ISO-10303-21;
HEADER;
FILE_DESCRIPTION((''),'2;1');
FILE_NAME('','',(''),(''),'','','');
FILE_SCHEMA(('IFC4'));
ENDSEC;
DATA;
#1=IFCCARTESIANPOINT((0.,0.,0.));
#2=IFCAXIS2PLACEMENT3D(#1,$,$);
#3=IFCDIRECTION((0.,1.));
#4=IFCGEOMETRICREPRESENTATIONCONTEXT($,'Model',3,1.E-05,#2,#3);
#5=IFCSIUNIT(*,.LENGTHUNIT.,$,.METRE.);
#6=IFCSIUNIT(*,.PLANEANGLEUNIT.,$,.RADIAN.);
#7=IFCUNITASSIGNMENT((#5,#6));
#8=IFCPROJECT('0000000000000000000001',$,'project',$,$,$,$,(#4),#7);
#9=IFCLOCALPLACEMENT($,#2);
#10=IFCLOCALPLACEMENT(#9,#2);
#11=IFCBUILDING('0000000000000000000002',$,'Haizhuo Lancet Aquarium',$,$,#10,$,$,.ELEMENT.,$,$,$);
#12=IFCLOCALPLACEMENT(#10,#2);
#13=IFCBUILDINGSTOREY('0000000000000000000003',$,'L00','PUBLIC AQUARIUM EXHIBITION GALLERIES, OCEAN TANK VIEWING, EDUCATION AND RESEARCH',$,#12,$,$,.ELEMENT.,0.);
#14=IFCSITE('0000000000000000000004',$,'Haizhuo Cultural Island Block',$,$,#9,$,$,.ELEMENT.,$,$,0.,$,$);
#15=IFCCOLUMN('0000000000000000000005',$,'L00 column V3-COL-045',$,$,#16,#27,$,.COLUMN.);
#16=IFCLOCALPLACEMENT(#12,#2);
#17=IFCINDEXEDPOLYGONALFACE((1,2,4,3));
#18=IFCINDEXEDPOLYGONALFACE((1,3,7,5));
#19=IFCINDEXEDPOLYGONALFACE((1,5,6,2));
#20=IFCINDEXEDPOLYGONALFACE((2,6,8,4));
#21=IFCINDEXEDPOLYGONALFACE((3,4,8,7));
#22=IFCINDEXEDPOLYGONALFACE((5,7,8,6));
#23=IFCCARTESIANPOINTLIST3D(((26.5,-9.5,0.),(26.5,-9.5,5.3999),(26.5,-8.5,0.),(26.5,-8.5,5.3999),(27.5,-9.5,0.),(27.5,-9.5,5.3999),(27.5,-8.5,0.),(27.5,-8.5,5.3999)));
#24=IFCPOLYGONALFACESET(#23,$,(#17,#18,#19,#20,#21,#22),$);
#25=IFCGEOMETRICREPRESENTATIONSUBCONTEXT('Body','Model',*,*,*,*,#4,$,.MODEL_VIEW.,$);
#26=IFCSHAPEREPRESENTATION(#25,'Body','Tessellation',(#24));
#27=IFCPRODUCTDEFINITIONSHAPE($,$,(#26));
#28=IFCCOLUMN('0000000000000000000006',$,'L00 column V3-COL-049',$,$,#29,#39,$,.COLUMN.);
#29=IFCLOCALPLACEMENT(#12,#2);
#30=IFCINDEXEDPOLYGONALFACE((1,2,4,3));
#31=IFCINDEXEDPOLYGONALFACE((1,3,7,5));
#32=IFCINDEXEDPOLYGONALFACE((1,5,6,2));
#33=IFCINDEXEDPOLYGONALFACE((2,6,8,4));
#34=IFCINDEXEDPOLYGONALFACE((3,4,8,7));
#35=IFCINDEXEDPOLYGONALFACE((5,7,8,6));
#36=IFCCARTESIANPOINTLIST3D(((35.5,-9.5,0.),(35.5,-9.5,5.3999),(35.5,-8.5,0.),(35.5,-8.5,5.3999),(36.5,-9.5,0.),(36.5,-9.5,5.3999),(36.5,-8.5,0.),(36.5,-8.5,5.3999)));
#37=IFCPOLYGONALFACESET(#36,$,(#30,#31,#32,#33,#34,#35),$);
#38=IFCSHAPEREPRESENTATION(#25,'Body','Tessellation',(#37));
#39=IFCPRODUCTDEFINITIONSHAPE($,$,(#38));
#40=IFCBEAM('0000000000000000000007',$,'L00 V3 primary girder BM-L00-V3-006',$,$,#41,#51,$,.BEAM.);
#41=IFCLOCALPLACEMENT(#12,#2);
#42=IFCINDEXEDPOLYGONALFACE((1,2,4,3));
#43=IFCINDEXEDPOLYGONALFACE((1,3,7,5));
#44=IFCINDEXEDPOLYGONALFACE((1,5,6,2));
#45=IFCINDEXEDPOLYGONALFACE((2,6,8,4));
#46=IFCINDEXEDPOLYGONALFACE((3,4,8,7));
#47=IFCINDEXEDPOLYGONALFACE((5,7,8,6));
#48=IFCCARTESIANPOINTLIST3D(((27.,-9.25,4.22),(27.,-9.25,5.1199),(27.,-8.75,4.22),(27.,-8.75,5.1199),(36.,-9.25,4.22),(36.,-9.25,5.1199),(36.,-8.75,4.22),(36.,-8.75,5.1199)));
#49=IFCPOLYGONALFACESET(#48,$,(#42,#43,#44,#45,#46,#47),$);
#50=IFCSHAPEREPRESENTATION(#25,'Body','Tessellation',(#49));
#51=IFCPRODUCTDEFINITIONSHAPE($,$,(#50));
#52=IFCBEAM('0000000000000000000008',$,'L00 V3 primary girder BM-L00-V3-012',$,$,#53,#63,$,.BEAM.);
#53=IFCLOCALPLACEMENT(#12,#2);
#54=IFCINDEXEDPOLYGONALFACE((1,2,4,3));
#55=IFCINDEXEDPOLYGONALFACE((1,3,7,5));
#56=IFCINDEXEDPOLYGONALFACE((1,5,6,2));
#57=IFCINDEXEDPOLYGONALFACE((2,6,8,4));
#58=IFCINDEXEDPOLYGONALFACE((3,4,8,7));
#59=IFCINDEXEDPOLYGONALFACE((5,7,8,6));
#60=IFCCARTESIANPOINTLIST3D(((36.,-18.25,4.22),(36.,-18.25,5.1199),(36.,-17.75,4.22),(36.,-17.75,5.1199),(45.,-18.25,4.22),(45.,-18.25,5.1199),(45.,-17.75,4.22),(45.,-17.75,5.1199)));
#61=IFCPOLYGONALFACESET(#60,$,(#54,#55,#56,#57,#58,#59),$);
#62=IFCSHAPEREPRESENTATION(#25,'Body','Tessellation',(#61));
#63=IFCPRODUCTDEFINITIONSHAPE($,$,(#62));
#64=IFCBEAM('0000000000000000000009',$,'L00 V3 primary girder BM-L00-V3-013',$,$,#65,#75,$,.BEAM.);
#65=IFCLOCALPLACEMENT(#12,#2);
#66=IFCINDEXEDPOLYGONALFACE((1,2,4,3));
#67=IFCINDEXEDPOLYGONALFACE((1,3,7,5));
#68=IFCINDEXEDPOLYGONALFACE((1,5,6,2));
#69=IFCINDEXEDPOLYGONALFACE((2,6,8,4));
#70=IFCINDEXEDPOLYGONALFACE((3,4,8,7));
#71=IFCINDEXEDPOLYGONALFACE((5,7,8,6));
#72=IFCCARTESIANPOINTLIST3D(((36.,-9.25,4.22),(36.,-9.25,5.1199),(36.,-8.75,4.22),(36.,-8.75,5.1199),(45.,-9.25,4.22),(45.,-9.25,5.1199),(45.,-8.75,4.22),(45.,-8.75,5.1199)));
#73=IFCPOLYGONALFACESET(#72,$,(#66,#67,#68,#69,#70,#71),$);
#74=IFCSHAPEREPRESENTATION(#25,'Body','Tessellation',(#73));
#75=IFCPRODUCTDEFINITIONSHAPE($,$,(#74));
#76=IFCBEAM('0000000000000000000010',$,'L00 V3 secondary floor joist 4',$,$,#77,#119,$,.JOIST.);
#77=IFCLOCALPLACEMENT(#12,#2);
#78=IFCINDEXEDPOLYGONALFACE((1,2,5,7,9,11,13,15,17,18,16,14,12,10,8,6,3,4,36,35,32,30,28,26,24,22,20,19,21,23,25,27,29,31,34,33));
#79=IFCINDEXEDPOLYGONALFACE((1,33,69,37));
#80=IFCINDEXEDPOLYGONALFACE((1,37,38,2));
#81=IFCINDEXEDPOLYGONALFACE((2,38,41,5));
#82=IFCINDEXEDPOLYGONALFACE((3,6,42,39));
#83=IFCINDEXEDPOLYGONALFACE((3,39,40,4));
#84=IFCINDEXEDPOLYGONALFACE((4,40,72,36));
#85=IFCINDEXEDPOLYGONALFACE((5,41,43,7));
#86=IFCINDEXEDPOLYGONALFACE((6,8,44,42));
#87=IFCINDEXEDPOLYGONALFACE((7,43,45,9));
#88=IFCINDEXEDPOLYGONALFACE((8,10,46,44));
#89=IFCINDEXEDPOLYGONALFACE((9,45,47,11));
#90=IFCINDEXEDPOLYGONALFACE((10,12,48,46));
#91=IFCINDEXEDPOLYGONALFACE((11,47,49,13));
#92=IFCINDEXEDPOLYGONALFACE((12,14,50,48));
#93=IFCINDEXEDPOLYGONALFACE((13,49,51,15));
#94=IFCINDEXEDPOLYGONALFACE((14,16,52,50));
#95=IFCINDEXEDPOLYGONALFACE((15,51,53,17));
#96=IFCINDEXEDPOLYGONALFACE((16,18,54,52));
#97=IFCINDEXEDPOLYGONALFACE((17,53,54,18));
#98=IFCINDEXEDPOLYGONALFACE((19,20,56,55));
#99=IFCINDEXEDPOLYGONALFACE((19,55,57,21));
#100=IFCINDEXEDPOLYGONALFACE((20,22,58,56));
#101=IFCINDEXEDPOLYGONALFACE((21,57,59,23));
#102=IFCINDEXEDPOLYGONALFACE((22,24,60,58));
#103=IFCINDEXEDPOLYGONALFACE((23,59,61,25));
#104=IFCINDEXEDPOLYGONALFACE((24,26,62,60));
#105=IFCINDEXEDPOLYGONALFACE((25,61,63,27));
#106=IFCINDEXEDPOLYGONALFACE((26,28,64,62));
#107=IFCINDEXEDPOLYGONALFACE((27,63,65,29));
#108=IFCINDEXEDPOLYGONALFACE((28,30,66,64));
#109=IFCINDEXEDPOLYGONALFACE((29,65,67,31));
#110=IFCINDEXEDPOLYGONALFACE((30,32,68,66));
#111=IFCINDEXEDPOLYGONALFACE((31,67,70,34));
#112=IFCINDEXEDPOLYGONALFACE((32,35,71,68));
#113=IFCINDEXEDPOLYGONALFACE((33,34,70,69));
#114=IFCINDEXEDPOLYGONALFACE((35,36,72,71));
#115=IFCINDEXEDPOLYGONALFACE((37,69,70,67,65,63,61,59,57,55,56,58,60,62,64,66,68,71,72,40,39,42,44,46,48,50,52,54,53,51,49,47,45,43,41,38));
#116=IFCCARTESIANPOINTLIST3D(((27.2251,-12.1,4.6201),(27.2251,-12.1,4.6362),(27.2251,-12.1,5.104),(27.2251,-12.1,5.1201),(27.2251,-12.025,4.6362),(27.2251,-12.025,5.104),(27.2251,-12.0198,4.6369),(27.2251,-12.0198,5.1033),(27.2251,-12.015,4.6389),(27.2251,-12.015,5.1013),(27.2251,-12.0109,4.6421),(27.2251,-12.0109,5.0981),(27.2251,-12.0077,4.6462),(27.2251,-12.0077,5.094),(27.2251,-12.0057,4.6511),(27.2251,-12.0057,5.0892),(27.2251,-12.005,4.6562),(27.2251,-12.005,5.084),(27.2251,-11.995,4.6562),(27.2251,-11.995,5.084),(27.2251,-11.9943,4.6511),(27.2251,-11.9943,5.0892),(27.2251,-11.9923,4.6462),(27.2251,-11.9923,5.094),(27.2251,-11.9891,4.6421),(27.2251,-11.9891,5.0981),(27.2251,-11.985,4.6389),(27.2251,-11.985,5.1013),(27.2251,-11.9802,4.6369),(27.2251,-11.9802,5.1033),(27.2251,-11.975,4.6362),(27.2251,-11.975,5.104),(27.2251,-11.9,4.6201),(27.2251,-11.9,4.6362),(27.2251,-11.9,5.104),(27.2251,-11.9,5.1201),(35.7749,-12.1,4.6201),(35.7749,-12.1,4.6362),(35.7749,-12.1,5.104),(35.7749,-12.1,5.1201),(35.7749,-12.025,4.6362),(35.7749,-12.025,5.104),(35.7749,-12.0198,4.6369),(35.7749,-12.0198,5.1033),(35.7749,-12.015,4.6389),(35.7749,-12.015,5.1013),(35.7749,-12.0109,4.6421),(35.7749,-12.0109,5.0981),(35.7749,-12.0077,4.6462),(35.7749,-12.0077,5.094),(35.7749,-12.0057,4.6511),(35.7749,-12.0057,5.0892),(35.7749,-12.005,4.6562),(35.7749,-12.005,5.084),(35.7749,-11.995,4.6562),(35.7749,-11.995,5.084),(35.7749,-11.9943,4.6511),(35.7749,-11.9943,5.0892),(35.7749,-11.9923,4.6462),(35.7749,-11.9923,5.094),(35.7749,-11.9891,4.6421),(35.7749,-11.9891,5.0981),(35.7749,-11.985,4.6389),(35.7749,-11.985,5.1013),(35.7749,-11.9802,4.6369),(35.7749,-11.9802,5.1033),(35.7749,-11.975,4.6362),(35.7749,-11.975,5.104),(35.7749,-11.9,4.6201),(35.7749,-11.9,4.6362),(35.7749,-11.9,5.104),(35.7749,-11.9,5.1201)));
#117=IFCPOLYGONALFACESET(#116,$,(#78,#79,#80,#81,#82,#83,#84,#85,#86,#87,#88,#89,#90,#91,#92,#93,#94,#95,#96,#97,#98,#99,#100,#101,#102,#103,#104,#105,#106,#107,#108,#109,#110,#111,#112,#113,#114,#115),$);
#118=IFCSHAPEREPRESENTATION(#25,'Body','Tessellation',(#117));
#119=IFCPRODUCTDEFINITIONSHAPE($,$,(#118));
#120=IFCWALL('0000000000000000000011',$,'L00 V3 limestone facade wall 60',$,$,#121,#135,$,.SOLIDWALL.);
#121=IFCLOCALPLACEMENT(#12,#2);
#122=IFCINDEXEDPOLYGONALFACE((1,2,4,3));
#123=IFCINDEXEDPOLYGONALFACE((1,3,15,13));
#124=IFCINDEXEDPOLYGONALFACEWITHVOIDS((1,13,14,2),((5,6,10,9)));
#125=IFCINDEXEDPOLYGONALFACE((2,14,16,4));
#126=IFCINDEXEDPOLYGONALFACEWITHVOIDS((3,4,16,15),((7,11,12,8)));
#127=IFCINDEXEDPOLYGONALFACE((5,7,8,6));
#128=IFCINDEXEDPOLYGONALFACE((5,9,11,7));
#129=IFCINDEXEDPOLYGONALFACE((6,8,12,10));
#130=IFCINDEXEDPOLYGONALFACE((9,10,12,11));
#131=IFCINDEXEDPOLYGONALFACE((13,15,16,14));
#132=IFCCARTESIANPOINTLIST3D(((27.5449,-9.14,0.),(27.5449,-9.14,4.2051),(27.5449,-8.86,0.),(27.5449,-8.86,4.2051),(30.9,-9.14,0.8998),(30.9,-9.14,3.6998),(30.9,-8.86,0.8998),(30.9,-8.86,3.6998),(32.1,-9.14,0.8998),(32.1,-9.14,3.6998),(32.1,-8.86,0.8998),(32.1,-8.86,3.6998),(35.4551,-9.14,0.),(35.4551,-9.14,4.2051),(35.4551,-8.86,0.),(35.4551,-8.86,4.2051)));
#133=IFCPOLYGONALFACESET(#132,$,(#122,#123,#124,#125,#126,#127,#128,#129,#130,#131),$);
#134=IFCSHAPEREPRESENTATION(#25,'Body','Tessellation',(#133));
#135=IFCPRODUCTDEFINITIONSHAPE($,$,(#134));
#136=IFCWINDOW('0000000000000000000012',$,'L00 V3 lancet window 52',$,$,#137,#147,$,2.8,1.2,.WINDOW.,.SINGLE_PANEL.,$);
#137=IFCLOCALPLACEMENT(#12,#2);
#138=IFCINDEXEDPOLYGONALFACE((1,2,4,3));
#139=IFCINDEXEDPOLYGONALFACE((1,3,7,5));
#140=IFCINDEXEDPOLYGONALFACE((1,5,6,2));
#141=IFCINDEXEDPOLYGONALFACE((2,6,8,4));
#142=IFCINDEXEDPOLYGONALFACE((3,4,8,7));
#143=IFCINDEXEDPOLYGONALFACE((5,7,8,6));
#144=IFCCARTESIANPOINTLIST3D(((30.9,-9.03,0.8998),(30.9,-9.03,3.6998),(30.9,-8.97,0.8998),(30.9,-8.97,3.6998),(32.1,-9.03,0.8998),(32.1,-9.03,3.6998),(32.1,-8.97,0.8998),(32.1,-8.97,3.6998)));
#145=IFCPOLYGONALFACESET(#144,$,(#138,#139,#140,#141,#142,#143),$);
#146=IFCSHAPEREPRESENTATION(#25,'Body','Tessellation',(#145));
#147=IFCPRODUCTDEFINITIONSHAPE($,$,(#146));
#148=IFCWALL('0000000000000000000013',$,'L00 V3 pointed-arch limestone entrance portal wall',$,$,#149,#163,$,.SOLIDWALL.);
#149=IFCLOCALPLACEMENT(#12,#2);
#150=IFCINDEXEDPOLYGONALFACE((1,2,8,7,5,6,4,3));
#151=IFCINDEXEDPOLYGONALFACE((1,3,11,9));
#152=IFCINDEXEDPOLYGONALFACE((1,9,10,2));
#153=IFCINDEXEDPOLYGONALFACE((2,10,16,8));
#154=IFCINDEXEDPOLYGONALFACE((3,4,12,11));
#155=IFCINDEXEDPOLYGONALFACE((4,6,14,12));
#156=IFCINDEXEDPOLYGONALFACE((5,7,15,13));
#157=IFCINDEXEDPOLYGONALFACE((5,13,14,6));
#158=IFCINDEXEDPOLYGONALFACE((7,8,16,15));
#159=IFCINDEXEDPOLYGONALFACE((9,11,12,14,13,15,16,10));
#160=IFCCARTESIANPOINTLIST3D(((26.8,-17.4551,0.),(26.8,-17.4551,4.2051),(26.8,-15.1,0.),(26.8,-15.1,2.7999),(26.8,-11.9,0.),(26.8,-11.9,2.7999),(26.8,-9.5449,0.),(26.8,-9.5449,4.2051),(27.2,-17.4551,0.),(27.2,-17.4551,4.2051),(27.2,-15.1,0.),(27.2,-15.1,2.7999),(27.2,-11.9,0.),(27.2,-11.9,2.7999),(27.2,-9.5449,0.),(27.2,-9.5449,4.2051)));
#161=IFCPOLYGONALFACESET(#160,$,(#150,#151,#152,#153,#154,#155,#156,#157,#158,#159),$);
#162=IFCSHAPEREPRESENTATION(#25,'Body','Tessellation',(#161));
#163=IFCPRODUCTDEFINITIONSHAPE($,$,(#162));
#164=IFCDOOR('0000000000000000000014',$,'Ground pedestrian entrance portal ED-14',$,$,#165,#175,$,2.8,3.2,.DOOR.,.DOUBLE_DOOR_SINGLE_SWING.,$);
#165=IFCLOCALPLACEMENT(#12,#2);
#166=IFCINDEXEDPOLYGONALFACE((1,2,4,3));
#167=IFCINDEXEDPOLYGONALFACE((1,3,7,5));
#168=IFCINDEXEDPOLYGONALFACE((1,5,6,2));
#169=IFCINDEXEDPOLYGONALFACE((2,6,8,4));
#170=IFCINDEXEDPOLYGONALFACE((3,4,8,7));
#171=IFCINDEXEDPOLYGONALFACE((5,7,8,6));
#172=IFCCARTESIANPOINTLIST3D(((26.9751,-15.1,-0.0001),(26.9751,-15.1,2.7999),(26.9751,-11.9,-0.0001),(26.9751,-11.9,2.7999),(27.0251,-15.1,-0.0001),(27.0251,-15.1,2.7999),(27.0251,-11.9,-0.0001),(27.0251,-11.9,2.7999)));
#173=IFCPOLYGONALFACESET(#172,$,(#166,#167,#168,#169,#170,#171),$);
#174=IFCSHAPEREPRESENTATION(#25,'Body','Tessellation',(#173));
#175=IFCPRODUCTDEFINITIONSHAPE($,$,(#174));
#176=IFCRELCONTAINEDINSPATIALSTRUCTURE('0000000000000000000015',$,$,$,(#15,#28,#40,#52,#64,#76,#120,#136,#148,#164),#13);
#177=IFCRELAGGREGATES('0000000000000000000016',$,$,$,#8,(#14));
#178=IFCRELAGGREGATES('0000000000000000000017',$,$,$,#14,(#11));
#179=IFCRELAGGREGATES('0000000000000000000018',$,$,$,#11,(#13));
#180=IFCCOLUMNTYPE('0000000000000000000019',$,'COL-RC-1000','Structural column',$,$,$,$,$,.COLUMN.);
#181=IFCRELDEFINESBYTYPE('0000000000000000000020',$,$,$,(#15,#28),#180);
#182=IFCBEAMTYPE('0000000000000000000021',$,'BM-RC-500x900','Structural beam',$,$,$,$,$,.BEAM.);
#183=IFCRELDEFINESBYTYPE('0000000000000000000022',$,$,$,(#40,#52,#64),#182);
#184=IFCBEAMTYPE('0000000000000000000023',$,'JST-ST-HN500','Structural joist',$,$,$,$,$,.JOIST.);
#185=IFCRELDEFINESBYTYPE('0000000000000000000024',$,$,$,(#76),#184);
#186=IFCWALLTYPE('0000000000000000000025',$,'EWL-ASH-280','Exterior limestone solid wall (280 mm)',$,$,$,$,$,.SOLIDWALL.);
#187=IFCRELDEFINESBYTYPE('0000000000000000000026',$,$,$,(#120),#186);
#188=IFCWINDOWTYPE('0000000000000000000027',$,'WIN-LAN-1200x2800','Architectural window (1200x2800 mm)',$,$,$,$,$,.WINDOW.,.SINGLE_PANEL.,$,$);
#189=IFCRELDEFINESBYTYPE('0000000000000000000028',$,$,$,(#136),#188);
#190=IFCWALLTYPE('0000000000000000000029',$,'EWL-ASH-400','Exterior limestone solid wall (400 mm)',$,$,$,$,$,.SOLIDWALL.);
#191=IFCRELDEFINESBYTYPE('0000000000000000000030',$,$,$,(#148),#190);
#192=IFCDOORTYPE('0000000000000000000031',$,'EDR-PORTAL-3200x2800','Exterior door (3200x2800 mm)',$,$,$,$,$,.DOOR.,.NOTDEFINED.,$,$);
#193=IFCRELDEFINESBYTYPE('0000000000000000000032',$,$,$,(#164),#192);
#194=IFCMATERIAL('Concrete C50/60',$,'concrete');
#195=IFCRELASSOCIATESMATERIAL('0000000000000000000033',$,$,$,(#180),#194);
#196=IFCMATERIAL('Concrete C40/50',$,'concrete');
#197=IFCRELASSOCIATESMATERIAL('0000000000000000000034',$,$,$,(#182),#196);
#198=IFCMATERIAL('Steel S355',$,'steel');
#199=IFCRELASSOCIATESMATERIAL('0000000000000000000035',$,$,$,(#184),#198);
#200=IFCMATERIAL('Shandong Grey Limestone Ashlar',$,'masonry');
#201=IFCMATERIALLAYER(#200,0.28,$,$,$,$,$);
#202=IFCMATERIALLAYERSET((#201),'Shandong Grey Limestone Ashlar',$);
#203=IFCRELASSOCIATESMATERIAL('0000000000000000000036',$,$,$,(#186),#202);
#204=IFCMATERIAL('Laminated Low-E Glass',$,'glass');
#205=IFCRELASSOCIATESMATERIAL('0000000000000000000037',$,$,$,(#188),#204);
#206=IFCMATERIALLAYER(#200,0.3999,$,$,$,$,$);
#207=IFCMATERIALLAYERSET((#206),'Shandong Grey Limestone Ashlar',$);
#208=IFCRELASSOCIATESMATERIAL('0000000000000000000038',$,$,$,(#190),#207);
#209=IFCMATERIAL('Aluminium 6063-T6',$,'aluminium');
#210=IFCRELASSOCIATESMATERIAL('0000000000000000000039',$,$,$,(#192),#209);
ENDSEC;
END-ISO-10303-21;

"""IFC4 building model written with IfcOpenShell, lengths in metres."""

from ifc_helpers import new_model, si_unit, direction, frame, frame_2d, origin, origin_2d, place, context, subcontext, project, spatial, rectangle, i_section, extrude, material, layer, layer_set, material_profile, profile_set, type_object, element, fill, save


model = new_model("IFC4")

# Units and contexts
model_context = context("Model", 3, precision=1e-05, world=origin(), true_north=direction((0.0, 1.0)))
body_context = subcontext(model_context, "Body", "Model", "MODEL_VIEW")
ifc_project = project(units=[si_unit("LENGTHUNIT", "METRE"), si_unit("PLANEANGLEUNIT", "RADIAN")], contexts=[model_context])

# Site, building, storey
site_placement = place(None, origin())
site = spatial("IfcSite", under=ifc_project, at=site_placement, Name="Haizhuo Cultural Island Block", CompositionType="ELEMENT", RefElevation=0.0)
building_placement = place(site_placement, origin())
building = spatial("IfcBuilding", under=site, at=building_placement, Name="Haizhuo Lancet Aquarium", CompositionType="ELEMENT")
storey_placement = place(building_placement, origin())
storey = spatial("IfcBuildingStorey", under=building, at=storey_placement, Name="L00", Description="PUBLIC AQUARIUM EXHIBITION GALLERIES, OCEAN TANK VIEWING, EDUCATION AND RESEARCH", CompositionType="ELEMENT", Elevation=0.0)

# Columns
ifc_material_1 = material(Name="Concrete C50/60", Category="concrete")
ifc_material_profile_1 = material_profile(ifc_material_1, rectangle(XDim=1.0, YDim=1.0, at=origin_2d()), Name="RC-COL 1000x1000")
ifc_profile_set_1 = profile_set([ifc_material_profile_1], Name="Concrete C50/60")
column_type = type_object("IfcColumnType", Name="COL-RC-1000", Description="Structural column", PredefinedType="COLUMN", material=ifc_profile_set_1)
for number, where, z_axis, x_axis, name in (
    (1, (27.0, -9.0, 0.0), (0.0, 0.0, 1.0), (1.0, 0.0, 0.0), "L00 column V3-COL-045"),
    (2, (36.0, -9.0, 0.0), (0.0, 0.0, 1.0), (1.0, 0.0, 0.0), "L00 column V3-COL-049"),
):
    element("IfcColumn", number, at=place(storey_placement, frame(where, z_axis=z_axis, x_axis=x_axis)), inside=storey, type_object=column_type, Name=name, PredefinedType="COLUMN", context=body_context, shape_type="SweptSolid", body=[
        extrude(rectangle(XDim=1.0, YDim=1.0, at=origin_2d()), origin(), (0.0, 0.0, 1.0), 5.3999),
    ])

# Beams
ifc_material_2 = material(Name="Concrete C40/50", Category="concrete")
ifc_material_profile_2 = material_profile(ifc_material_2, rectangle(XDim=0.5, YDim=0.8999, at=origin_2d()), Name="RC-BM 500x900")
ifc_profile_set_2 = profile_set([ifc_material_profile_2], Name="Concrete C40/50")
beam_type_1 = type_object("IfcBeamType", Name="BM-RC-500x900", Description="Structural beam", PredefinedType="BEAM", material=ifc_profile_set_2)
for number, where, z_axis, x_axis, name in (
    (3, (27.0, -9.0, 4.6699), (1.0, 0.0, 0.0), (0.0, 1.0, 0.0), "L00 V3 primary girder BM-L00-V3-006"),
    (4, (36.0, -18.0, 4.6699), (1.0, 0.0, 0.0), (0.0, 1.0, 0.0), "L00 V3 primary girder BM-L00-V3-012"),
    (5, (36.0, -9.0, 4.6699), (1.0, 0.0, 0.0), (0.0, 1.0, 0.0), "L00 V3 primary girder BM-L00-V3-013"),
):
    element("IfcBeam", number, at=place(storey_placement, frame(where, z_axis=z_axis, x_axis=x_axis)), inside=storey, type_object=beam_type_1, Name=name, PredefinedType="BEAM", context=body_context, shape_type="SweptSolid", body=[
        extrude(rectangle(XDim=0.5, YDim=0.8999, at=origin_2d()), origin(), (0.0, 0.0, 1.0), 9.0),
    ])
ifc_material_3 = material(Name="Steel S355", Category="steel")
ifc_material_profile_3 = material_profile(ifc_material_3, i_section(OverallWidth=0.2, OverallDepth=0.5, WebThickness=0.01, FlangeThickness=0.0161, FilletRadius=0.02, at=origin_2d()), Name="HN 500x200x10x16")
ifc_profile_set_3 = profile_set([ifc_material_profile_3], Name="Steel S355")
beam_type_2 = type_object("IfcBeamType", Name="JST-ST-HN500", Description="Structural joist", PredefinedType="JOIST", material=ifc_profile_set_3)
beam_placement = place(storey_placement, frame((27.2251, -12.0, 4.8701), z_axis=(1.0, 0.0, 0.0), x_axis=(0.0, 1.0, 0.0)))
element("IfcBeam", 6, at=beam_placement, inside=storey, type_object=beam_type_2, Name="L00 V3 secondary floor joist 4", PredefinedType="JOIST", context=body_context, shape_type="SweptSolid", body=[
    extrude(i_section(OverallWidth=0.2, OverallDepth=0.5, WebThickness=0.01, FlangeThickness=0.0161, FilletRadius=0.02, at=origin_2d()), origin(), (0.0, 0.0, 1.0), 8.5498),
])

# Wall, opening, window
ifc_material_4 = material(Name="Shandong Grey Limestone Ashlar", Category="masonry")
ifc_layer_1 = layer(ifc_material_4, 0.28)
ifc_layer_set_1 = layer_set([ifc_layer_1], Name="Shandong Grey Limestone Ashlar")
wall_type_1 = type_object("IfcWallType", Name="EWL-ASH-280", Description="Exterior limestone solid wall (280 mm)", PredefinedType="SOLIDWALL", material=ifc_layer_set_1)
wall_1_placement = place(storey_placement, frame((27.5449, -9.0, 0.0), z_axis=(0.0, 0.0, 1.0), x_axis=(1.0, 0.0, 0.0)))
wall_1 = element("IfcWall", 7, at=wall_1_placement, inside=storey, type_object=wall_type_1, Name="L00 V3 limestone facade wall 60", PredefinedType="SOLIDWALL", context=body_context, shape_type="SweptSolid", body=[
    extrude(rectangle(XDim=7.9102, YDim=0.28, at=frame_2d((3.9551, 0.0))), origin(), (0.0, 0.0, 1.0), 4.2051),
])
opening_1_placement = place(wall_1_placement, frame((3.355, 0.0, 0.8999)))
opening_1 = element("IfcOpeningElement", 8, at=opening_1_placement, cuts=wall_1, PredefinedType="OPENING", context=body_context, shape_type="SweptSolid", body=[
    extrude(rectangle(XDim=1.2, YDim=2.8, at=frame_2d((0.6001, 1.3999))), frame((0.0, 0.1499, 0.0), z_axis=(0.0, -1.0, 0.0), x_axis=(1.0, 0.0, 0.0)), (0.0, 0.0, 1.0), 0.3),
])
ifc_material_5 = material(Name="Laminated Low-E Glass", Category="glass")
window_type = type_object("IfcWindowType", Name="WIN-LAN-1200x2800", Description="Architectural window (1200x2800 mm)", PartitioningType="SINGLE_PANEL", PredefinedType="WINDOW", material=ifc_material_5)
window_placement = place(opening_1_placement, origin())
window = element("IfcWindow", 9, at=window_placement, inside=storey, type_object=window_type, Name="L00 V3 lancet window 52", OverallHeight=2.8, OverallWidth=1.2, PartitioningType="SINGLE_PANEL", PredefinedType="WINDOW", context=body_context, shape_type="SweptSolid", body=[
    extrude(rectangle(XDim=1.2, YDim=2.8, at=frame_2d((0.6001, 1.3999))), frame((0.0, 0.03, 0.0), z_axis=(0.0, -1.0, 0.0), x_axis=(1.0, 0.0, 0.0)), (0.0, 0.0, 1.0), 0.0601),
])
fill(opening_1, window)

# Wall, opening, door
ifc_layer_2 = layer(ifc_material_4, 0.3999)
ifc_layer_set_2 = layer_set([ifc_layer_2], Name="Shandong Grey Limestone Ashlar")
wall_type_2 = type_object("IfcWallType", Name="EWL-ASH-400", Description="Exterior limestone solid wall (400 mm)", PredefinedType="SOLIDWALL", material=ifc_layer_set_2)
wall_2_placement = place(storey_placement, frame((27.0, -17.4551, 0.0), z_axis=(0.0, 0.0, 1.0), x_axis=(0.0, 1.0, 0.0)))
wall_2 = element("IfcWall", 10, at=wall_2_placement, inside=storey, type_object=wall_type_2, Name="L00 V3 pointed-arch limestone entrance portal wall", PredefinedType="SOLIDWALL", context=body_context, shape_type="SweptSolid", body=[
    extrude(rectangle(XDim=7.9102, YDim=0.3999, at=frame_2d((3.9551, 0.0))), origin(), (0.0, 0.0, 1.0), 4.2051),
])
opening_2_placement = place(wall_2_placement, frame((2.355, 0.0, 0.0)))
opening_2 = element("IfcOpeningElement", 11, at=opening_2_placement, cuts=wall_2, PredefinedType="OPENING", context=body_context, shape_type="SweptSolid", body=[
    extrude(rectangle(XDim=3.2, YDim=2.8, at=frame_2d((1.6001, 1.3999))), frame((0.0, 0.21, 0.0), z_axis=(0.0, -1.0, 0.0), x_axis=(1.0, 0.0, 0.0)), (0.0, 0.0, 1.0), 0.4199),
])
ifc_material_6 = material(Name="Aluminium 6063-T6", Category="aluminium")
door_type = type_object("IfcDoorType", Name="EDR-PORTAL-3200x2800", Description="Exterior door (3200x2800 mm)", OperationType="NOTDEFINED", PredefinedType="DOOR", material=ifc_material_6)
door_placement = place(opening_2_placement, origin())
door = element("IfcDoor", 12, at=door_placement, inside=storey, type_object=door_type, Name="Ground pedestrian entrance portal ED-14", OperationType="DOUBLE_DOOR_SINGLE_SWING", OverallHeight=2.8, OverallWidth=3.2, PredefinedType="DOOR", context=body_context, shape_type="SweptSolid", body=[
    extrude(rectangle(XDim=3.2, YDim=2.8, at=frame_2d((1.6001, 1.3999))), frame((0.0, 0.0249, 0.0), z_axis=(0.0, -1.0, 0.0), x_axis=(1.0, 0.0, 0.0)), (0.0, 0.0, 1.0), 0.05),
])
fill(opening_2, door)

save(model, "model.ifc")
